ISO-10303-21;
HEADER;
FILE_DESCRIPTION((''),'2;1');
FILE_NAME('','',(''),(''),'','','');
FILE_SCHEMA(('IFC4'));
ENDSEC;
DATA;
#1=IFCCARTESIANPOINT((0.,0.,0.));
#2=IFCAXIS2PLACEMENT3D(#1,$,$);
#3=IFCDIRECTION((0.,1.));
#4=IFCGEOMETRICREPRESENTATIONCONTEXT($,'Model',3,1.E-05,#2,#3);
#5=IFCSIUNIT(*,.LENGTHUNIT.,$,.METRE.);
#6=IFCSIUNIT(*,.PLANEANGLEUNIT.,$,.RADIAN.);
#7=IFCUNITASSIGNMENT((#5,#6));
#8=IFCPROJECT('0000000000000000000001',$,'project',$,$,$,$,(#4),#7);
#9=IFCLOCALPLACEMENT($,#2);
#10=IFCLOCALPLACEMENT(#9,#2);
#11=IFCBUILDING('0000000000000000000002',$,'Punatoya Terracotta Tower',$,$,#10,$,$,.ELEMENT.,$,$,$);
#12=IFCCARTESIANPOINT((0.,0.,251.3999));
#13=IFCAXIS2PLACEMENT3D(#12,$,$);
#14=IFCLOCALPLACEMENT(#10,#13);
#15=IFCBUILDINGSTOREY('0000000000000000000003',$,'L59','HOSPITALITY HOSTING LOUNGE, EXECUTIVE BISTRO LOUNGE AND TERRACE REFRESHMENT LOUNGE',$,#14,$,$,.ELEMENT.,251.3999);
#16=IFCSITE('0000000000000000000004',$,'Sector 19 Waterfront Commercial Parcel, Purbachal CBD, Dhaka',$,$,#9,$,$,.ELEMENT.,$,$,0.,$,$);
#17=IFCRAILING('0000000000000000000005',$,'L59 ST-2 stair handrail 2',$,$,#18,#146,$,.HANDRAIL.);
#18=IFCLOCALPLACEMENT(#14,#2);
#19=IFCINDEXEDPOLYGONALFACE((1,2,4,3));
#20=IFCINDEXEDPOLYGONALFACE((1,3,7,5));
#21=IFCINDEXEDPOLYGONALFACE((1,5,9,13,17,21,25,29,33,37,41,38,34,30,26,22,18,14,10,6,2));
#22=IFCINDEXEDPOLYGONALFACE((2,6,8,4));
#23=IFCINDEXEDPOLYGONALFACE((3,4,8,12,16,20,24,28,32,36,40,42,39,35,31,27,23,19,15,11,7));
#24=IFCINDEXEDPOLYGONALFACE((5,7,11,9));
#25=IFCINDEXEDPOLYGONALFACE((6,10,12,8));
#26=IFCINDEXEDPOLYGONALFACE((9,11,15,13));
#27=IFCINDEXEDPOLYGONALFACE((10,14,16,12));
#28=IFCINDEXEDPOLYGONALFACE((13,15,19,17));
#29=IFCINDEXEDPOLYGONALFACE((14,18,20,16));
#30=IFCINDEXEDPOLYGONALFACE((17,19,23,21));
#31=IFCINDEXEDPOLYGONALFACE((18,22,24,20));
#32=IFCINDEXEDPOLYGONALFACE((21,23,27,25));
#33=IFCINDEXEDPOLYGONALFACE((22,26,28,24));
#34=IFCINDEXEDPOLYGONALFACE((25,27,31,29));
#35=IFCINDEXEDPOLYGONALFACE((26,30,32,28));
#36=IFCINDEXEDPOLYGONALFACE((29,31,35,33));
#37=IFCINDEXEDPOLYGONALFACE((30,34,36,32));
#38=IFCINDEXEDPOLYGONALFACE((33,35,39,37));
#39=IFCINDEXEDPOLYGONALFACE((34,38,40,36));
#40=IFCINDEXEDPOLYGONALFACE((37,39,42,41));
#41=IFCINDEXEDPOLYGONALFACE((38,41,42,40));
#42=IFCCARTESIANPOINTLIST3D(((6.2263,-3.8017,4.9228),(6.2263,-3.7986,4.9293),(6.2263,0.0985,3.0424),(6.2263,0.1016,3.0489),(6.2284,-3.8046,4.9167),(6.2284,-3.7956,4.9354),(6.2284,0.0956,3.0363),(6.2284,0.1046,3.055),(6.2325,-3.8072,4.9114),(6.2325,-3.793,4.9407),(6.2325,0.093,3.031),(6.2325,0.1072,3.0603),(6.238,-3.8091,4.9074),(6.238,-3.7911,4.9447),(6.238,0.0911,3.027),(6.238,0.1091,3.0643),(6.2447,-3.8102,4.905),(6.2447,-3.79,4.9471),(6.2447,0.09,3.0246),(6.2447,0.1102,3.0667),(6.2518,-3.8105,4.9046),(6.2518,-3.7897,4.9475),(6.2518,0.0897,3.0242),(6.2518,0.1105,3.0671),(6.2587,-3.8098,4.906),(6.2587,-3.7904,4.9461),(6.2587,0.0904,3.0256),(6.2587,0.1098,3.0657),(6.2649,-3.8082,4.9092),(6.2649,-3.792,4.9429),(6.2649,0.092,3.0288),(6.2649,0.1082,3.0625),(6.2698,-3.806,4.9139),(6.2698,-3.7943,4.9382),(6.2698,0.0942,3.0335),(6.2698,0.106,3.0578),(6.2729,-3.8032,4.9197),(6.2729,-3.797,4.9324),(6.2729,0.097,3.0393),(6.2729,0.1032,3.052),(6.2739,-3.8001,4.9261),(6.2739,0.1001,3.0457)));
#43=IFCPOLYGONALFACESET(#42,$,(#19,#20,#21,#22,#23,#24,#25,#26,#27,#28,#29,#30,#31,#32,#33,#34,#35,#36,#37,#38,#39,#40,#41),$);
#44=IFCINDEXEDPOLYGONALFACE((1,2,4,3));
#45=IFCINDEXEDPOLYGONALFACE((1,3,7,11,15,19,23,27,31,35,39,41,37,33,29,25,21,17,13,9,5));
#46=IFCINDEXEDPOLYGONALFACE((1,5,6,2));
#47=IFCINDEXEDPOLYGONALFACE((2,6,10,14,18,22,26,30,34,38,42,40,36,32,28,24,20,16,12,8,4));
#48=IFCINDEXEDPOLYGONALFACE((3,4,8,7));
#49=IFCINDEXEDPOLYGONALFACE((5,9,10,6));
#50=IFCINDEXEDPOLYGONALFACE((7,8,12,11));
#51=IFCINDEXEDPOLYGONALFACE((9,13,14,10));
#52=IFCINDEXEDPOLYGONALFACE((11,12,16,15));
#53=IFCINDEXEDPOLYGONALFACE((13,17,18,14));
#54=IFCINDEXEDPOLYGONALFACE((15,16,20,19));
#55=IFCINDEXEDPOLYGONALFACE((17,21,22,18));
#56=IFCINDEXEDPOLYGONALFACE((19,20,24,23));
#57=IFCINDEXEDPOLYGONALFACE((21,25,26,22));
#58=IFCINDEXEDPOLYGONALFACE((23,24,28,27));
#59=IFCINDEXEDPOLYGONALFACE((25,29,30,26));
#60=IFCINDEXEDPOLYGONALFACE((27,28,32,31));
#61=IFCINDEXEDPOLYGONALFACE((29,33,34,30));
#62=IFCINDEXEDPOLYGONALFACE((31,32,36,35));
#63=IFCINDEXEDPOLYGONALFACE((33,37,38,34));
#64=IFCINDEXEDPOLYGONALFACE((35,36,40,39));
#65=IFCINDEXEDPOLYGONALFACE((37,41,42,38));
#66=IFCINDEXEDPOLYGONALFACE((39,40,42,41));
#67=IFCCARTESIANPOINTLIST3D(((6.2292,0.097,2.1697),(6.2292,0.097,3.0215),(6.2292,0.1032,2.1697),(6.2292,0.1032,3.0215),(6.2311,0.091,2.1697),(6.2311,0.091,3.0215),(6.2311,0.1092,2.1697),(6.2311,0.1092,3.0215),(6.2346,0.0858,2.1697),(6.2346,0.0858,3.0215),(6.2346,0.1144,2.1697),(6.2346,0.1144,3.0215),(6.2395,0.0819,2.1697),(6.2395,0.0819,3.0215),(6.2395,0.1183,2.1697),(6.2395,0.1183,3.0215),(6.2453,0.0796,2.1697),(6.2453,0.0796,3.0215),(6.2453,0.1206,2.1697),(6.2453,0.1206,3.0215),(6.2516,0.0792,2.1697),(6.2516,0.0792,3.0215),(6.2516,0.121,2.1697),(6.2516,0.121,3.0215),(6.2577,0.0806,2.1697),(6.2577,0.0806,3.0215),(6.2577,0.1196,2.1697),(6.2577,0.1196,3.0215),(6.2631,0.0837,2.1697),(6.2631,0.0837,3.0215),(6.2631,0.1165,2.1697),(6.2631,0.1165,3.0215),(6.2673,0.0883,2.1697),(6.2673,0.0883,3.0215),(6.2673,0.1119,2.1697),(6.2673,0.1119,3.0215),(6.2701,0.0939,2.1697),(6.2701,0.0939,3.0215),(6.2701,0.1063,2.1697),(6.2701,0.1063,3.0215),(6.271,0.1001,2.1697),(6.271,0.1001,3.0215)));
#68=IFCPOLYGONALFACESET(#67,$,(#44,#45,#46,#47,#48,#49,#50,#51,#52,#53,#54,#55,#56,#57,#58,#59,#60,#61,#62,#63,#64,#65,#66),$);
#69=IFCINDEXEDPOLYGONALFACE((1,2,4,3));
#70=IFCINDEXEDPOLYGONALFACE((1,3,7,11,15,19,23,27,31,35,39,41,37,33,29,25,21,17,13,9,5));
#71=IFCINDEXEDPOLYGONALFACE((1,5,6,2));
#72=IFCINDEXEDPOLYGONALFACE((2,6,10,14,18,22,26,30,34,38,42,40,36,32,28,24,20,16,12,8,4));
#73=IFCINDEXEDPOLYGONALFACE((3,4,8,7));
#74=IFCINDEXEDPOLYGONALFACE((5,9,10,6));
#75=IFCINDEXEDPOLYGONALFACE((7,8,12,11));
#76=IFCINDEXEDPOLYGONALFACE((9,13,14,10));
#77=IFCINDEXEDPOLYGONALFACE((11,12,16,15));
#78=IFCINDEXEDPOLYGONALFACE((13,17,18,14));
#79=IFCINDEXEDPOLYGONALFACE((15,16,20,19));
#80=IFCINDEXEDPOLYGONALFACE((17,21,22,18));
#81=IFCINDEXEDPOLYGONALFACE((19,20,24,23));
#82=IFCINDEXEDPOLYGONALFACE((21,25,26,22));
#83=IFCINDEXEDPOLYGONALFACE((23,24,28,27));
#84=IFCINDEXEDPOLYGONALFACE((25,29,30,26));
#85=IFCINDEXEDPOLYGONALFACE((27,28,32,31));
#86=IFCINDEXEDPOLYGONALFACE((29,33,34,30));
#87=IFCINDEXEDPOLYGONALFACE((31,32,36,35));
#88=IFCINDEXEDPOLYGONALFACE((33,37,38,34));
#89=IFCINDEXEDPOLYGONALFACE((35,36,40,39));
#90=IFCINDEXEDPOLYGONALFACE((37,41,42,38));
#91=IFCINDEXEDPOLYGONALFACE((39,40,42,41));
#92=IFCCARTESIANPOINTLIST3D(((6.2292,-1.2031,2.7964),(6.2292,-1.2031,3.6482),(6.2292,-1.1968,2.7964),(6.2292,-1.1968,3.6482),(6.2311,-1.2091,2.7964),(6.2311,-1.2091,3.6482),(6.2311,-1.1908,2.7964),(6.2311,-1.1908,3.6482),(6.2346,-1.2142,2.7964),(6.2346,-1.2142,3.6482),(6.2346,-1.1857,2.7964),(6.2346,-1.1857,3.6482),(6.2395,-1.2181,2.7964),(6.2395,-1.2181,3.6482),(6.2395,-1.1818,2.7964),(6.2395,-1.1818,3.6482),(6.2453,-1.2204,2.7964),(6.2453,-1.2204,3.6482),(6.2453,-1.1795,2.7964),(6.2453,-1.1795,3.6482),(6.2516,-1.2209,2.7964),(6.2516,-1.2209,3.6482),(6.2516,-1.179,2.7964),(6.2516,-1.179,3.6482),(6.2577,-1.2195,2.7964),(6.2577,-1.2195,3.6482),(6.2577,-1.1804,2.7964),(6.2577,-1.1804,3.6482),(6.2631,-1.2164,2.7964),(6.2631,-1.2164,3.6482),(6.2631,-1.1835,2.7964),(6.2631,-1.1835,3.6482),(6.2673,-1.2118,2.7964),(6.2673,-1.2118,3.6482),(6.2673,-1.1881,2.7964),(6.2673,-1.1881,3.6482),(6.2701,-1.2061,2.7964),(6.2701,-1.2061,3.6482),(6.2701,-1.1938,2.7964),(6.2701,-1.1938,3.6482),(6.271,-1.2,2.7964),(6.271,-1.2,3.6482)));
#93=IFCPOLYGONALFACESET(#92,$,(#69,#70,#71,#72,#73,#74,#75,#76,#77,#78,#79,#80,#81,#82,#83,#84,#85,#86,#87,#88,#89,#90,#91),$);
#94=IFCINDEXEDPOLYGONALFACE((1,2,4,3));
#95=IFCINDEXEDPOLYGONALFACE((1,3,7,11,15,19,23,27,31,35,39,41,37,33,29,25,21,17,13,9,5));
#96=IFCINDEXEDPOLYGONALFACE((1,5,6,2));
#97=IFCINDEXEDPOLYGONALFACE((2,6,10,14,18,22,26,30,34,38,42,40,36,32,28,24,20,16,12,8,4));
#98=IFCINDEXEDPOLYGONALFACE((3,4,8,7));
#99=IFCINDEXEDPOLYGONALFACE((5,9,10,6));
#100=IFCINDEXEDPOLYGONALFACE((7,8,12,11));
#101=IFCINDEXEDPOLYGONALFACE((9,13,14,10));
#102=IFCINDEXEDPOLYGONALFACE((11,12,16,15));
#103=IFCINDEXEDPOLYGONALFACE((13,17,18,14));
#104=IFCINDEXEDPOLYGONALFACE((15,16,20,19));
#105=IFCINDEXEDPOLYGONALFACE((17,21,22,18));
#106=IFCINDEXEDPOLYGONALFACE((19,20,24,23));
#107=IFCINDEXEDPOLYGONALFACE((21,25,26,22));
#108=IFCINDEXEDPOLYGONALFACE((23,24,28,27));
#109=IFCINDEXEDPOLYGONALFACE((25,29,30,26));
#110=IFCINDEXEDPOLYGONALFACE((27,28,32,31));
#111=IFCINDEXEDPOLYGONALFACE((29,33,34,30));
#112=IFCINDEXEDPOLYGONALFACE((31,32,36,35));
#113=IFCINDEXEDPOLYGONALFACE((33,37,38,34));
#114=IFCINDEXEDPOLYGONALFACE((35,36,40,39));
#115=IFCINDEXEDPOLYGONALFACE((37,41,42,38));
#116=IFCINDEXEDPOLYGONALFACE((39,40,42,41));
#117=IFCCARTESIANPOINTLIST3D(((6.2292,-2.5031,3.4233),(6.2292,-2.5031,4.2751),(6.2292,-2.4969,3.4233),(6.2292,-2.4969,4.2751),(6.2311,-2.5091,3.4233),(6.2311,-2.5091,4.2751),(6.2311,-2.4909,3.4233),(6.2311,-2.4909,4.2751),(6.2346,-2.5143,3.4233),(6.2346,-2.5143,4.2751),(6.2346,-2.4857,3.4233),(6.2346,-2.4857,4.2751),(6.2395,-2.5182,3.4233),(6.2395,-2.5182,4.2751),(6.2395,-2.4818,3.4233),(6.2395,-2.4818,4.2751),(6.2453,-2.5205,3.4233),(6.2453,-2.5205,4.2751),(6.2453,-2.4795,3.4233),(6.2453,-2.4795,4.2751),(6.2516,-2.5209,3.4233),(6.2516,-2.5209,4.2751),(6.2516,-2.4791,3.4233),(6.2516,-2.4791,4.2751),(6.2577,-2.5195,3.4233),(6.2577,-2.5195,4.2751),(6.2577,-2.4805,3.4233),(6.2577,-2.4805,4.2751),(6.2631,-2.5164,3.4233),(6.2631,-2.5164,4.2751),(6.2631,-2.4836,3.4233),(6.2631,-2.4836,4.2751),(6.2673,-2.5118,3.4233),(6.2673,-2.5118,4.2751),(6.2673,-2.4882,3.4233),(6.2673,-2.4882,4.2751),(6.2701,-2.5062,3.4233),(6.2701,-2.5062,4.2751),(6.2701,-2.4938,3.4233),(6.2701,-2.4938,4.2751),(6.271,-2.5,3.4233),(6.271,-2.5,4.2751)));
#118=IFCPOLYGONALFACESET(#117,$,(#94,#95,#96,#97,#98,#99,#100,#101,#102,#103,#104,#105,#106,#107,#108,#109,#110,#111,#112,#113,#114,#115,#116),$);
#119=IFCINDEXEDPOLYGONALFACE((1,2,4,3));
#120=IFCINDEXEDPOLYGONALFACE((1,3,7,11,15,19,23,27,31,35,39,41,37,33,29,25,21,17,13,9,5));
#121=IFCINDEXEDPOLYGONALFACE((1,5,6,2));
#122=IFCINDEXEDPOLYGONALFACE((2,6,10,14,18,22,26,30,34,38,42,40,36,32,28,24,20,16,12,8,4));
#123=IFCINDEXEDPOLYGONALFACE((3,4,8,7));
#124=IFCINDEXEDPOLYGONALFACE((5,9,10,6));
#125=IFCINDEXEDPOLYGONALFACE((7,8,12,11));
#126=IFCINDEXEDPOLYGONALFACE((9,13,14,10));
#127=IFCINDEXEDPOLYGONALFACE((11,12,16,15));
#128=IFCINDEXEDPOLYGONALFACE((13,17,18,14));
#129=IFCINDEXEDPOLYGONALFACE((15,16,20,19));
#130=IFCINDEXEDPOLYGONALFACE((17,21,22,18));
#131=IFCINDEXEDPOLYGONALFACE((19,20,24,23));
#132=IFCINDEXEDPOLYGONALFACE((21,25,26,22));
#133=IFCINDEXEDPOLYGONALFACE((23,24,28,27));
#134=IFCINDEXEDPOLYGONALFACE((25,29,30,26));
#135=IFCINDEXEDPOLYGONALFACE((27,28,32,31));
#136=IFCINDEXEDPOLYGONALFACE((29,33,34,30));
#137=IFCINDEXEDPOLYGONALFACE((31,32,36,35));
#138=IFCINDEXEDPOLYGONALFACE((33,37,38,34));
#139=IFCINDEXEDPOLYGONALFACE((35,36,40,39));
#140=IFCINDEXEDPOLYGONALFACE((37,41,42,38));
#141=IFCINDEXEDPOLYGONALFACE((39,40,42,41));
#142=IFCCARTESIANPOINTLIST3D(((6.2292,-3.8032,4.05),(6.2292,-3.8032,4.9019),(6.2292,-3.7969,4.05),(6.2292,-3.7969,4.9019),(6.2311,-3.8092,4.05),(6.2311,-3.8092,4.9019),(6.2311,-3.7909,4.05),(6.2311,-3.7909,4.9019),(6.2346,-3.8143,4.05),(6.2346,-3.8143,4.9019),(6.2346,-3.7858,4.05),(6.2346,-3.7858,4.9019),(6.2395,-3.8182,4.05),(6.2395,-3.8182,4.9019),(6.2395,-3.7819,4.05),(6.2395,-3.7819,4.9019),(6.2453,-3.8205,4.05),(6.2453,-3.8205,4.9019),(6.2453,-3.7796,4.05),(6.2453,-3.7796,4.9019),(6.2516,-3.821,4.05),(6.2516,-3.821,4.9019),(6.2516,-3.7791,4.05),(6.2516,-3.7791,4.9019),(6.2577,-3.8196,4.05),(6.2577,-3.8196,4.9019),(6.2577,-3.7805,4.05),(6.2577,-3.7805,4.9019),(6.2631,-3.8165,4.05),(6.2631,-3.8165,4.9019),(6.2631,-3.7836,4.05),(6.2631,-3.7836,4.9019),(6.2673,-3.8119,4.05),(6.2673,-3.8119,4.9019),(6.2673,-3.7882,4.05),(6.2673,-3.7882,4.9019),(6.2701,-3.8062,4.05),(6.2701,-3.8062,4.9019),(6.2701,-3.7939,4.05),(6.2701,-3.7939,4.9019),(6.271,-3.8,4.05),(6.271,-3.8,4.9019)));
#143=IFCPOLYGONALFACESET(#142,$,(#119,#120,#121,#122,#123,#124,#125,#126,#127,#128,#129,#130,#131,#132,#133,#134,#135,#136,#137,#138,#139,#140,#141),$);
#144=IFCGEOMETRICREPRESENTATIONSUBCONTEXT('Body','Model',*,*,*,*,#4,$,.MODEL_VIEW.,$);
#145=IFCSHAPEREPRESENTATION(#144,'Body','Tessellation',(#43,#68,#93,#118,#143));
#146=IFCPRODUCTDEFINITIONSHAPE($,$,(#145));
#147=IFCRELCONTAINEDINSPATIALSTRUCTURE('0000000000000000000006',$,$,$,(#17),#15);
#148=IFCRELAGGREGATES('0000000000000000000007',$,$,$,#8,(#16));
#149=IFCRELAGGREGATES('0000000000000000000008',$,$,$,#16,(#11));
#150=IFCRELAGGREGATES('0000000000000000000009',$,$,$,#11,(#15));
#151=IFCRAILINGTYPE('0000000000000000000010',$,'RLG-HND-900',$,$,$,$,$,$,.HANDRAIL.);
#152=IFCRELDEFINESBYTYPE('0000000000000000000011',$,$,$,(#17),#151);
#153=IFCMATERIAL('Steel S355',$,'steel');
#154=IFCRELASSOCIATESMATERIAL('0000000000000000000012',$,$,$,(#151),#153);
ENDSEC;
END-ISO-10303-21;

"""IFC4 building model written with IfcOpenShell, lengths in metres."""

from ifc_helpers import new_model, si_unit, direction, frame, origin, origin_2d, place, context, subcontext, project, spatial, circle, extrude, material, type_object, element, save


model = new_model("IFC4")

# Units and contexts
model_context = context("Model", 3, precision=1e-05, world=origin(), true_north=direction((0.0, 1.0)))
body_context = subcontext(model_context, "Body", "Model", "MODEL_VIEW")
ifc_project = project(units=[si_unit("LENGTHUNIT", "METRE"), si_unit("PLANEANGLEUNIT", "RADIAN")], contexts=[model_context])

# Site, building, storey
site_placement = place(None, origin())
site = spatial("IfcSite", under=ifc_project, at=site_placement, Name="Sector 19 Waterfront Commercial Parcel, Purbachal CBD, Dhaka", CompositionType="ELEMENT", RefElevation=0.0)
building_placement = place(site_placement, origin())
building = spatial("IfcBuilding", under=site, at=building_placement, Name="Punatoya Terracotta Tower", CompositionType="ELEMENT")
storey_placement = place(building_placement, frame((0.0, 0.0, 251.3999)))
storey = spatial("IfcBuildingStorey", under=building, at=storey_placement, Name="L59", Description="HOSPITALITY HOSTING LOUNGE, EXECUTIVE BISTRO LOUNGE AND TERRACE REFRESHMENT LOUNGE", CompositionType="ELEMENT", Elevation=251.3999)

# Shared definitions
ifc_material_1 = material(Name="Steel S355", Category="steel")

# Railing
railing_type_1 = type_object("IfcRailingType", Name="RLG-HND-900", PredefinedType="HANDRAIL", material=ifc_material_1)
railing_1_placement = place(storey_placement, frame((6.25, 0.1001, 2.1697)))
element("IfcRailing", 1, at=railing_1_placement, inside=storey, type_object=railing_type_1, Name="L59 ST-2 stair handrail 2", PredefinedType="HANDRAIL", context=body_context, shape_type="SweptSolid", body=[
    extrude(circle(Radius=0.0239, at=origin_2d()), frame((0.0, 0.0, 0.876), z_axis=(0.0, -0.900774, 0.434289), x_axis=(1.0, 0.0, 0.0)), (0.0, 0.0, 1.0), 4.3298),
    extrude(circle(Radius=0.021, at=origin_2d()), origin(), (0.0, 0.0, 1.0), 0.8518),
    extrude(circle(Radius=0.021, at=origin_2d()), frame((0.0, -1.3, 0.6267)), (0.0, 0.0, 1.0), 0.8518),
    extrude(circle(Radius=0.021, at=origin_2d()), frame((0.0, -2.6001, 1.2537)), (0.0, 0.0, 1.0), 0.8518),
    extrude(circle(Radius=0.021, at=origin_2d()), frame((0.0, -3.9001, 1.8804)), (0.0, 0.0, 1.0), 0.8518),
])

save(model, "model.ifc")
